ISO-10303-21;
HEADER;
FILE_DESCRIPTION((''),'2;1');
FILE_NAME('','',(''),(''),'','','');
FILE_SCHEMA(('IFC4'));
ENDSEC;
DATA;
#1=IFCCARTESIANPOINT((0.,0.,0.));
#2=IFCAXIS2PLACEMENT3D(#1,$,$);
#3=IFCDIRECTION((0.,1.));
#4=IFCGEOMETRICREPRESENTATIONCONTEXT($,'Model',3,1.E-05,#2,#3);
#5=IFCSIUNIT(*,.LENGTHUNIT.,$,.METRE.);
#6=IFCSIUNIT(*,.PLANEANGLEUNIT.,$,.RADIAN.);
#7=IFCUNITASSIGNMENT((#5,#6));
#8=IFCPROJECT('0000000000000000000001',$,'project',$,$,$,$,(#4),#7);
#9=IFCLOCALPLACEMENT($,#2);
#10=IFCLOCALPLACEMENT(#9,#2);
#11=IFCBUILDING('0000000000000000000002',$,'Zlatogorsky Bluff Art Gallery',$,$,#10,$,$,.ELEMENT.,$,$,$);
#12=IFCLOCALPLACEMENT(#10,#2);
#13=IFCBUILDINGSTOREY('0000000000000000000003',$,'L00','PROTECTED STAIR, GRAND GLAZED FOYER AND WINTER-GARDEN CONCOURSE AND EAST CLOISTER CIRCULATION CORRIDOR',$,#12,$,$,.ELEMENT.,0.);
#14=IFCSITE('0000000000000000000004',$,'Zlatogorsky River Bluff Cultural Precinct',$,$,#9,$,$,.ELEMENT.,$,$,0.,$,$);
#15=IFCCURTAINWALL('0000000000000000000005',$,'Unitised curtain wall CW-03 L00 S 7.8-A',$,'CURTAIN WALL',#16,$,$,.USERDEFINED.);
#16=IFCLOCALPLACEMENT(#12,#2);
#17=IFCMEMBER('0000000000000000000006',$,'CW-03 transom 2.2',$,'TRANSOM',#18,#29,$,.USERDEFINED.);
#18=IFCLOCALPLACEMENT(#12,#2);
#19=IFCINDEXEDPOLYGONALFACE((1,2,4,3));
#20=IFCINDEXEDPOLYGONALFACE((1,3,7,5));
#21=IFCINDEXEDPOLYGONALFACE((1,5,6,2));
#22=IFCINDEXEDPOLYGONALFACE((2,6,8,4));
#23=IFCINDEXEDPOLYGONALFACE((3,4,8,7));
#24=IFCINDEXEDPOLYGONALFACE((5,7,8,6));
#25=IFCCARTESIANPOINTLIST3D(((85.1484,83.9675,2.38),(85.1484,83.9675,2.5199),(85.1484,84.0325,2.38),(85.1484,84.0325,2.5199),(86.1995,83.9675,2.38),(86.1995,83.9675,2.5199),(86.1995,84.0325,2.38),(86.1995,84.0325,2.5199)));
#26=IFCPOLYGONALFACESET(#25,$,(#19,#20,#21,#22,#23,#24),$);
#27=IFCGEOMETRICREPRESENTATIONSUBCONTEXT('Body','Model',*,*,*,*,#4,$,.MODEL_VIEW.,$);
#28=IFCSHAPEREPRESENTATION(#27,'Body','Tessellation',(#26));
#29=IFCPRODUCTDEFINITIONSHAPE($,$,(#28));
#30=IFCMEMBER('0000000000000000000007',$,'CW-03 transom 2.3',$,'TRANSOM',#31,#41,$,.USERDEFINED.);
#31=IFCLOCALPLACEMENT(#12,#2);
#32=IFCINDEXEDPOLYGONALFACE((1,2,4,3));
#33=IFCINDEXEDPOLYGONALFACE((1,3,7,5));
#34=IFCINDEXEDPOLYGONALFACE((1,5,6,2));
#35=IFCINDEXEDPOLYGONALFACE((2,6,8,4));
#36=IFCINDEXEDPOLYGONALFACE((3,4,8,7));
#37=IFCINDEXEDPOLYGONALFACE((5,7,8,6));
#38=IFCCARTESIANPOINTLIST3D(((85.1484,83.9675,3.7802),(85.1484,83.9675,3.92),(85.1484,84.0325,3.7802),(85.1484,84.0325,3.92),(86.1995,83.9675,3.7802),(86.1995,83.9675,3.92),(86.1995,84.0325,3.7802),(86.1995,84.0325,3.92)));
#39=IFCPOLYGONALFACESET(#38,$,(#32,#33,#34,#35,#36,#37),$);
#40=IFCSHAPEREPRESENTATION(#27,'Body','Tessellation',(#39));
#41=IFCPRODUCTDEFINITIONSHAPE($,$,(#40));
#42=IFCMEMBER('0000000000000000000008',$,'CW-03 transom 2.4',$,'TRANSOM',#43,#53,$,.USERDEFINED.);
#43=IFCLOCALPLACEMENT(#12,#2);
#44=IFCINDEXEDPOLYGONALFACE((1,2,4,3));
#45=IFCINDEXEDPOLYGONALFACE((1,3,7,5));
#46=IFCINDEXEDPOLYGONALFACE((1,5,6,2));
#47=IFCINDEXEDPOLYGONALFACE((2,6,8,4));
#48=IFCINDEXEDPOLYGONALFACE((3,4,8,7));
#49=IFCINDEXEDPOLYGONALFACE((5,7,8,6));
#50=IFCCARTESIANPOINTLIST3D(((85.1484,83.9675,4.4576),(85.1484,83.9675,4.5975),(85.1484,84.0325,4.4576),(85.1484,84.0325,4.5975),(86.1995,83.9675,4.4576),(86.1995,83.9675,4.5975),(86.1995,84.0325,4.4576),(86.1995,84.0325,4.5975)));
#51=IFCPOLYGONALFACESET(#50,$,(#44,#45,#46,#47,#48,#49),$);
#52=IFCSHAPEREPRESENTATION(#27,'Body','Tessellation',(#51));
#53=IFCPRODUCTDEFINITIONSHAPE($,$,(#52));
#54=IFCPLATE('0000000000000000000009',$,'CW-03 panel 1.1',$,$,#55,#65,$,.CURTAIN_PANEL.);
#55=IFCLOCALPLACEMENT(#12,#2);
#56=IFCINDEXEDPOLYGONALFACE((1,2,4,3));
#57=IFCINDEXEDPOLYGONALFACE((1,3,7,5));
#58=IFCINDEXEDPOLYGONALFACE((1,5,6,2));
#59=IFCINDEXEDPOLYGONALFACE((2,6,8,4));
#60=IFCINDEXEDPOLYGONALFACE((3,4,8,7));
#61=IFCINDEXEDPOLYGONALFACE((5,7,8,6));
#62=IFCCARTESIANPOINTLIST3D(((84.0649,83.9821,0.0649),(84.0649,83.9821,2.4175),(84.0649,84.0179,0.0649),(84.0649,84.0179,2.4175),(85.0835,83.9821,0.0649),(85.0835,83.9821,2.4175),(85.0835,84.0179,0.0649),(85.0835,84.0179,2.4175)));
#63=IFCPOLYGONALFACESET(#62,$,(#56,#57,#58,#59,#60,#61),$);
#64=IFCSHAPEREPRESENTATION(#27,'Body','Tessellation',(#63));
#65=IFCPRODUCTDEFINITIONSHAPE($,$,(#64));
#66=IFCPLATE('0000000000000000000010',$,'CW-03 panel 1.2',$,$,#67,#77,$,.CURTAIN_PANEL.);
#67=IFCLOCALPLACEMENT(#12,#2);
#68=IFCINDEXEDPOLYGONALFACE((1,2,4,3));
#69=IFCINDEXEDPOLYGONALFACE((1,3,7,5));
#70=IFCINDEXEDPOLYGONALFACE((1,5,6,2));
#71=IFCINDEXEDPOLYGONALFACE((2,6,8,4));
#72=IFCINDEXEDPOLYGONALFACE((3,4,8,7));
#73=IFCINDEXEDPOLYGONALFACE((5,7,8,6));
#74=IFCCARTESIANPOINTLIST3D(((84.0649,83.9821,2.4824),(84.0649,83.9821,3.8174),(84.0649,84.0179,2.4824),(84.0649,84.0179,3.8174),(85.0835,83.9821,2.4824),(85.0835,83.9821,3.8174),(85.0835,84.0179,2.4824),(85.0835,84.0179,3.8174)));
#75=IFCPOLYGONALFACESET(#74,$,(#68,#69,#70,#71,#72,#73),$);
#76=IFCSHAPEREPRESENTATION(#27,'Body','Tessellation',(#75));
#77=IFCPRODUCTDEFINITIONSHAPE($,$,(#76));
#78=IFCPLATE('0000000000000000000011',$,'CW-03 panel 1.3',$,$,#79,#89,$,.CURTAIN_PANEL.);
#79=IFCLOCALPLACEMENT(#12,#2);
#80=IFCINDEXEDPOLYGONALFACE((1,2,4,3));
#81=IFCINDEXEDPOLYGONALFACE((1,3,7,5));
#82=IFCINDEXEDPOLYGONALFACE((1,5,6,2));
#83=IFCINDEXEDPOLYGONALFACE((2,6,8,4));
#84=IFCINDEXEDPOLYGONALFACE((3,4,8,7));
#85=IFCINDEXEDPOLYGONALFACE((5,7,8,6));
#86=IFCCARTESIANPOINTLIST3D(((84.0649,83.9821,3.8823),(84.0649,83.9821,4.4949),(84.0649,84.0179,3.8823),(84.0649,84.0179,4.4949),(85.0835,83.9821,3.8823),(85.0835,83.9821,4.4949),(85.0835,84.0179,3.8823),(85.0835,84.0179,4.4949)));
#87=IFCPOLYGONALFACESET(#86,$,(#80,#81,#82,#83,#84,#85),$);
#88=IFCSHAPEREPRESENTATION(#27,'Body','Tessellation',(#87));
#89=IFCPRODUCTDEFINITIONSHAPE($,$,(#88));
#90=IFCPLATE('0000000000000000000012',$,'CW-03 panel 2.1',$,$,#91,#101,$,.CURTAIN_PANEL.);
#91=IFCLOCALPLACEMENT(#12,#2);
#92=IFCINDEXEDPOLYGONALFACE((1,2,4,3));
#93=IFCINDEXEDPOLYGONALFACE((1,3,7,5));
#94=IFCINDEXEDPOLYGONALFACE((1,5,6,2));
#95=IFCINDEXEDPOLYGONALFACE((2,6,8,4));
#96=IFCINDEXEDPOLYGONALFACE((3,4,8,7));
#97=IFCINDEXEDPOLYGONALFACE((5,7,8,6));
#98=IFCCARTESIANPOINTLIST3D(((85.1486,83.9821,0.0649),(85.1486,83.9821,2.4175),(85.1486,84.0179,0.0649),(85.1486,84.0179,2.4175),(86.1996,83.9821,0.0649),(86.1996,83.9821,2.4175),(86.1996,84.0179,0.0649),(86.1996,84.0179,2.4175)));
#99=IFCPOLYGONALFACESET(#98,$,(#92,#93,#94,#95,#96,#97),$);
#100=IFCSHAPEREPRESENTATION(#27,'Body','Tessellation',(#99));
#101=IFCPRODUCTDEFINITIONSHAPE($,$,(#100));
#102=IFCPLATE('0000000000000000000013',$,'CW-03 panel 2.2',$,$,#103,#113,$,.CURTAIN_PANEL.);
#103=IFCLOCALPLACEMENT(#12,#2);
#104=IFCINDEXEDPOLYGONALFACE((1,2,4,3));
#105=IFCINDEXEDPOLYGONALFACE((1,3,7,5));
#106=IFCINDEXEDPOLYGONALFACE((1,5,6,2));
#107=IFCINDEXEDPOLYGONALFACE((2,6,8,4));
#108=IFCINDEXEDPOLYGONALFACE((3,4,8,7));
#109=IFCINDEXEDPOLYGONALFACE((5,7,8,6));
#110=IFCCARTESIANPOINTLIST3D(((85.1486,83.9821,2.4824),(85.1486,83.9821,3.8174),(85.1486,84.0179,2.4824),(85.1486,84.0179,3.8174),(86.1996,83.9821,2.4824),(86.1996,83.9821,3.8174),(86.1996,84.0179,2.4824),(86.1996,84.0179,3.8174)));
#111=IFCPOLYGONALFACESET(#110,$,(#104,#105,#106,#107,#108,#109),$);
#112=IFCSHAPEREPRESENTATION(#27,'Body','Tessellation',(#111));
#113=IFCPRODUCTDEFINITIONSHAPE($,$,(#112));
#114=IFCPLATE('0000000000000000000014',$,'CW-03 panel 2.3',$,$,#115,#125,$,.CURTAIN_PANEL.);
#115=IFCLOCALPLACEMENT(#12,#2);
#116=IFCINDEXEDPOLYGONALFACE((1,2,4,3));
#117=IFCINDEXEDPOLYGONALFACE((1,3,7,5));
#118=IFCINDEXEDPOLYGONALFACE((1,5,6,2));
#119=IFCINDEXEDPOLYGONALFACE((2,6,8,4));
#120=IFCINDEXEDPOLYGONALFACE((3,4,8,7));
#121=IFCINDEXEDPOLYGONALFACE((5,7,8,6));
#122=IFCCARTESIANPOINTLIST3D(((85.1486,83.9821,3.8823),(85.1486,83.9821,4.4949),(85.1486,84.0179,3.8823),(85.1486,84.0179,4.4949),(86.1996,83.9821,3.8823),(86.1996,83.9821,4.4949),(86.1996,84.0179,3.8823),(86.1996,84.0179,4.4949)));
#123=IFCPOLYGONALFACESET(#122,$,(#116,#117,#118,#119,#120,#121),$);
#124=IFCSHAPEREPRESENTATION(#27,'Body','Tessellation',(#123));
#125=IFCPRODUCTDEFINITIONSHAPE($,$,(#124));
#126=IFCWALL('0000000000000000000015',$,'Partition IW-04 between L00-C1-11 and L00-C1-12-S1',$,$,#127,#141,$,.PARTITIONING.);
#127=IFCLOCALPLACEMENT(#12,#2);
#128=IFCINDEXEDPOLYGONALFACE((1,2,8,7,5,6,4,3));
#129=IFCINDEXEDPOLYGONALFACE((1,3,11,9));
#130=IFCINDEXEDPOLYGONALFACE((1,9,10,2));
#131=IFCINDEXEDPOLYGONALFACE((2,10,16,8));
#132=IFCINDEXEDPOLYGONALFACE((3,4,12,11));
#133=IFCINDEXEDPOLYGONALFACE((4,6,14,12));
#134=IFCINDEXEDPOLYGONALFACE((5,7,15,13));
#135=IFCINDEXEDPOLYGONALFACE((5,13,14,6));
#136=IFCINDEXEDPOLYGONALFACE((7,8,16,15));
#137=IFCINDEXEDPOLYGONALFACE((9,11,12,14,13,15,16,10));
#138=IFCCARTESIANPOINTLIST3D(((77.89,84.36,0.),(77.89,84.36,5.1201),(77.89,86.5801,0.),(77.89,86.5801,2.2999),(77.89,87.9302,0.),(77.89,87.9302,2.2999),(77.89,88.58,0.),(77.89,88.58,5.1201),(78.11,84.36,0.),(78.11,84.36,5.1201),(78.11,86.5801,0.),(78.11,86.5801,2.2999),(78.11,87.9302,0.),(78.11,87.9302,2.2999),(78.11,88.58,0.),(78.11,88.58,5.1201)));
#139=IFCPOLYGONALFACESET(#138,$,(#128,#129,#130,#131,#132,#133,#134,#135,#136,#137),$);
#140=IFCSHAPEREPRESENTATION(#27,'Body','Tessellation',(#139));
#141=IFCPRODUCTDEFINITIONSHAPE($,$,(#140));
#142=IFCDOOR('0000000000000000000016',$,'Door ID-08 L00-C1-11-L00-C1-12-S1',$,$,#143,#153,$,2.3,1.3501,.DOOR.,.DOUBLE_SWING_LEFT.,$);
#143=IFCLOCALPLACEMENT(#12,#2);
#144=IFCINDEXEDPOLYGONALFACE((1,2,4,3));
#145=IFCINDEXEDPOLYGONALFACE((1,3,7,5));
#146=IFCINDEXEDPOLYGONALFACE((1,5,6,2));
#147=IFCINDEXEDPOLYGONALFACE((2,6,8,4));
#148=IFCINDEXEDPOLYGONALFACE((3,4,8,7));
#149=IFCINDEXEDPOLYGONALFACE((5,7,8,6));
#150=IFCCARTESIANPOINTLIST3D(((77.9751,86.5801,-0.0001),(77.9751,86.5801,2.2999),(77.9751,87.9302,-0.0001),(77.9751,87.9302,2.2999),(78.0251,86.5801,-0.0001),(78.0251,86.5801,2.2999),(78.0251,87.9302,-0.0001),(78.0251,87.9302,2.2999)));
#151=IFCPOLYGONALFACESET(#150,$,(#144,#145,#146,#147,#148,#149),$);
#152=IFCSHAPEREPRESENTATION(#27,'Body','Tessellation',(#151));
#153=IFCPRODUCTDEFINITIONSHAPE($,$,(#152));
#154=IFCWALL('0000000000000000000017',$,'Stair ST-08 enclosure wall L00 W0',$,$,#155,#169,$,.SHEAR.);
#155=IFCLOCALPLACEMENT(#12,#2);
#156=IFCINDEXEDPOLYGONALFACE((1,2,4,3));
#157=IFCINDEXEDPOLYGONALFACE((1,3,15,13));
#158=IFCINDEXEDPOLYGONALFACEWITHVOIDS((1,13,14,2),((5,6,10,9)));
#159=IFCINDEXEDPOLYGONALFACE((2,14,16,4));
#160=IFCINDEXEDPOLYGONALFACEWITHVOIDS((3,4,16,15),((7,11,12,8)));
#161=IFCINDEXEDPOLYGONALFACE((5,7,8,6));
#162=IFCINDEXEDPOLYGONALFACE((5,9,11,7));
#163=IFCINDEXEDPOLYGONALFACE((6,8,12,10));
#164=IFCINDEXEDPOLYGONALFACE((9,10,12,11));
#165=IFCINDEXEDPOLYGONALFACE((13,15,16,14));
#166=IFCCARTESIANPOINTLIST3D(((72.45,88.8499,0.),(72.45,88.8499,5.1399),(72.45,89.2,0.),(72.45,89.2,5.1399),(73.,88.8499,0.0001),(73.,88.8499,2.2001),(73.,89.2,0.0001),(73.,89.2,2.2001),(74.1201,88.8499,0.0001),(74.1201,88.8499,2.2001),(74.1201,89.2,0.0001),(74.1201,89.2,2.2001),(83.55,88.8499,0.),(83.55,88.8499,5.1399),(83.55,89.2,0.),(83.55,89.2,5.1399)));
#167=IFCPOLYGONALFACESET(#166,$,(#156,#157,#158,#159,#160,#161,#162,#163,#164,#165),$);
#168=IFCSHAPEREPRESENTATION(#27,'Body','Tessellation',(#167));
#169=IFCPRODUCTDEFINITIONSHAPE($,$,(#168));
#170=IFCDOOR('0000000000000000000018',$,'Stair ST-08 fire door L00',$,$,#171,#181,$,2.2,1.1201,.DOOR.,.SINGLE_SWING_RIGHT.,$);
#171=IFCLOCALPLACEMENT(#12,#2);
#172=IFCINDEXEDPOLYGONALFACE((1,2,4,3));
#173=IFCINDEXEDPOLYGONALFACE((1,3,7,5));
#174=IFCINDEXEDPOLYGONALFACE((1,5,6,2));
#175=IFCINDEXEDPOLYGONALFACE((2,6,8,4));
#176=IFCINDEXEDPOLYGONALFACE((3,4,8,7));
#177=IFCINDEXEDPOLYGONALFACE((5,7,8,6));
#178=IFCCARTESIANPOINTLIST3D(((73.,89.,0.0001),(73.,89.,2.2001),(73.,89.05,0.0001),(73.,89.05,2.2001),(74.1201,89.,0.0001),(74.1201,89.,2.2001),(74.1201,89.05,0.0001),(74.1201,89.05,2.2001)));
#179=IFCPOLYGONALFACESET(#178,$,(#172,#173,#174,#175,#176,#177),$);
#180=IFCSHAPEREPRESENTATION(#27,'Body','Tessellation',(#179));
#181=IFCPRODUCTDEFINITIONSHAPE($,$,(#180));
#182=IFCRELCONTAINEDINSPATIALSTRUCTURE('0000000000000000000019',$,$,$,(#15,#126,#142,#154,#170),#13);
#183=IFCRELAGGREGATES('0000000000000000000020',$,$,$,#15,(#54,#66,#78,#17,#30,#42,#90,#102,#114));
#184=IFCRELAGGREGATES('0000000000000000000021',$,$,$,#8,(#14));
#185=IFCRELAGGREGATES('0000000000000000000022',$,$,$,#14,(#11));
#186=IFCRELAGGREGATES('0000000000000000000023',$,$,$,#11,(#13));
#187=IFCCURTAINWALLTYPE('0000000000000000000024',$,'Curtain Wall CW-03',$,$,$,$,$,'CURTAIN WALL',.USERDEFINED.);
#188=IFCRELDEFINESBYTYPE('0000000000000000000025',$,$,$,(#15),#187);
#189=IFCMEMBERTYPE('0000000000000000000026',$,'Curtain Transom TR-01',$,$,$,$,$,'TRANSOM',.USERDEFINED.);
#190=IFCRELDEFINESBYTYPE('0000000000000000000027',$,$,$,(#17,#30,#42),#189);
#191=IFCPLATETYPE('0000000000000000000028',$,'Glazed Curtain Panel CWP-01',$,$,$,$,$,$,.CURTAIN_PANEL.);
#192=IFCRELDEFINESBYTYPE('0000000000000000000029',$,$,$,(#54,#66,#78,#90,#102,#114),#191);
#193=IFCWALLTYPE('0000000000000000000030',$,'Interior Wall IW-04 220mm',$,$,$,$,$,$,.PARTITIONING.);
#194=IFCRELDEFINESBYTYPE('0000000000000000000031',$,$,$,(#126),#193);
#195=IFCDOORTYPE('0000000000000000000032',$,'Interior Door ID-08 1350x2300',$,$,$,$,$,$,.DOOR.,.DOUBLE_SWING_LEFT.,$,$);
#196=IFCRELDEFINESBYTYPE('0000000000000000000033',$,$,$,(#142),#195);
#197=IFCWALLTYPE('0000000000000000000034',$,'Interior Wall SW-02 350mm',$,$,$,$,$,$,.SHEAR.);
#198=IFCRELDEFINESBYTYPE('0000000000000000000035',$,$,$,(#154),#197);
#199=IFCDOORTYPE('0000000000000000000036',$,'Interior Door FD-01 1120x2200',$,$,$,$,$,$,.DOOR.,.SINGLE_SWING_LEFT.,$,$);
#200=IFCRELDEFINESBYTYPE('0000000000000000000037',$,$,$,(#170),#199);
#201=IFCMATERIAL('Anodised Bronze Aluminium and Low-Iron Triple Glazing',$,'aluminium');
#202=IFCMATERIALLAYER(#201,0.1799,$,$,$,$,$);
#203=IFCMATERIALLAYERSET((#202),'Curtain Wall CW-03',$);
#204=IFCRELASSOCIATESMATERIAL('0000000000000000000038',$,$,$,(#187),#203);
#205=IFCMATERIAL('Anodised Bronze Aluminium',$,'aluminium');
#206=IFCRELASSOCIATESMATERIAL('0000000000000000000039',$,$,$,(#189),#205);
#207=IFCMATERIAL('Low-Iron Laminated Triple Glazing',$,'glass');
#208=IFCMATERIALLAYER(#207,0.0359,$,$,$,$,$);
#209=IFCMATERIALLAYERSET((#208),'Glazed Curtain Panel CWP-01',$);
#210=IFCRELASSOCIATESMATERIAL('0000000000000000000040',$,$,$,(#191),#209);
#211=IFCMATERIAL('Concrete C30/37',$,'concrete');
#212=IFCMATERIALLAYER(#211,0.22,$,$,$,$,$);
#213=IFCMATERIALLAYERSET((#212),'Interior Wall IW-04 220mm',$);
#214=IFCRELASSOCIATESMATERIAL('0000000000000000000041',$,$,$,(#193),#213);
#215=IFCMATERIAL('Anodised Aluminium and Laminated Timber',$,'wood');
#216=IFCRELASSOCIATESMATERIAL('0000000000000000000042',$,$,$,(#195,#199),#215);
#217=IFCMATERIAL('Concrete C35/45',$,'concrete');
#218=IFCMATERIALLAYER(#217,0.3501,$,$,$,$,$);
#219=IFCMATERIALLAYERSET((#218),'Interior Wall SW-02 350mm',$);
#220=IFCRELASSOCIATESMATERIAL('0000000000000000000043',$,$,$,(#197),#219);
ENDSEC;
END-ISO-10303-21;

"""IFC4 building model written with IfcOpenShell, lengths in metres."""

from ifc_helpers import new_model, si_unit, direction, frame, frame_2d, origin, origin_2d, place, context, subcontext, project, spatial, rectangle, extrude, material, layer, layer_set, material_profile, profile_set, type_object, element, fill, aggregate, save


model = new_model("IFC4")

# Units and contexts
model_context = context("Model", 3, precision=1e-05, world=origin(), true_north=direction((0.0, 1.0)))
body_context = subcontext(model_context, "Body", "Model", "MODEL_VIEW")
ifc_project = project(units=[si_unit("LENGTHUNIT", "METRE"), si_unit("PLANEANGLEUNIT", "RADIAN")], contexts=[model_context])

# Site, building, storey
site_placement = place(None, origin())
site = spatial("IfcSite", under=ifc_project, at=site_placement, Name="Zlatogorsky River Bluff Cultural Precinct", CompositionType="ELEMENT", RefElevation=0.0)
building_placement = place(site_placement, origin())
building = spatial("IfcBuilding", under=site, at=building_placement, Name="Zlatogorsky Bluff Art Gallery", CompositionType="ELEMENT")
storey_placement = place(building_placement, origin())
storey = spatial("IfcBuildingStorey", under=building, at=storey_placement, Name="L00", Description="PROTECTED STAIR, GRAND GLAZED FOYER AND WINTER-GARDEN CONCOURSE AND EAST CLOISTER CIRCULATION CORRIDOR", CompositionType="ELEMENT", Elevation=0.0)

# Curtain wall, members, plates
ifc_material_1 = material(Name="Anodised Bronze Aluminium and Low-Iron Triple Glazing", Category="aluminium")
ifc_layer_1 = layer(ifc_material_1, 0.1799)
ifc_layer_set_1 = layer_set([ifc_layer_1], Name="Curtain Wall CW-03")
curtain_wall_type = type_object("IfcCurtainWallType", Name="Curtain Wall CW-03", ElementType="CURTAIN WALL", PredefinedType="USERDEFINED", material=ifc_layer_set_1)
curtain_wall_placement = place(storey_placement, origin())
curtain_wall = element("IfcCurtainWall", 1, at=curtain_wall_placement, inside=storey, type_object=curtain_wall_type, Name="Unitised curtain wall CW-03 L00 S 7.8-A", ObjectType="CURTAIN WALL", PredefinedType="USERDEFINED")
ifc_material_2 = material(Name="Anodised Bronze Aluminium", Category="aluminium")
ifc_material_profile_1 = material_profile(ifc_material_2, rectangle(XDim=0.0649, YDim=0.1399, at=origin_2d()), Name="ALU TRANSOM 65x140")
ifc_profile_set_1 = profile_set([ifc_material_profile_1], Name="Anodised Bronze Aluminium")
member_type_1 = type_object("IfcMemberType", Name="Curtain Transom TR-01", ElementType="TRANSOM", PredefinedType="USERDEFINED", material=ifc_profile_set_1)
member_1_placement = place(storey_placement, frame((85.1484, 84.0, 2.45), z_axis=(1.0, 0.0, 0.0), x_axis=(0.0, 1.0, 0.0)))
member_1 = element("IfcMember", 2, at=member_1_placement, type_object=member_type_1, Name="CW-03 transom 2.2", ObjectType="TRANSOM", PredefinedType="USERDEFINED", context=body_context, shape_type="SweptSolid", body=[
    extrude(rectangle(XDim=0.0649, YDim=0.1399, at=origin_2d()), origin(), (0.0, 0.0, 1.0), 1.051),
])
member_2_placement = place(storey_placement, frame((85.1484, 84.0, 3.8501), z_axis=(1.0, 0.0, 0.0), x_axis=(0.0, 1.0, 0.0)))
member_2 = element("IfcMember", 3, at=member_2_placement, type_object=member_type_1, Name="CW-03 transom 2.3", ObjectType="TRANSOM", PredefinedType="USERDEFINED", context=body_context, shape_type="SweptSolid", body=[
    extrude(rectangle(XDim=0.0649, YDim=0.1399, at=origin_2d()), origin(), (0.0, 0.0, 1.0), 1.051),
])
member_3_placement = place(storey_placement, frame((85.1484, 84.0, 4.5276), z_axis=(1.0, 0.0, 0.0), x_axis=(0.0, 1.0, 0.0)))
member_3 = element("IfcMember", 4, at=member_3_placement, type_object=member_type_1, Name="CW-03 transom 2.4", ObjectType="TRANSOM", PredefinedType="USERDEFINED", context=body_context, shape_type="SweptSolid", body=[
    extrude(rectangle(XDim=0.0649, YDim=0.1399, at=origin_2d()), origin(), (0.0, 0.0, 1.0), 1.051),
])
ifc_material_3 = material(Name="Low-Iron Laminated Triple Glazing", Category="glass")
ifc_layer_2 = layer(ifc_material_3, 0.0359)
ifc_layer_set_2 = layer_set([ifc_layer_2], Name="Glazed Curtain Panel CWP-01")
plate_type = type_object("IfcPlateType", Name="Glazed Curtain Panel CWP-01", PredefinedType="CURTAIN_PANEL", material=ifc_layer_set_2)
plate_1_placement = place(storey_placement, frame((84.5742, 84.0, 0.0649), z_axis=(0.0, 0.0, 1.0), x_axis=(1.0, 0.0, 0.0)))
plate_1 = element("IfcPlate", 5, at=plate_1_placement, type_object=plate_type, Name="CW-03 panel 1.1", PredefinedType="CURTAIN_PANEL", context=body_context, shape_type="SweptSolid", body=[
    extrude(rectangle(XDim=1.0186, YDim=0.0359, at=origin_2d()), origin(), (0.0, 0.0, 1.0), 2.3525),
])
plate_2_placement = place(storey_placement, frame((84.5742, 84.0, 2.4824), z_axis=(0.0, 0.0, 1.0), x_axis=(1.0, 0.0, 0.0)))
plate_2 = element("IfcPlate", 6, at=plate_2_placement, type_object=plate_type, Name="CW-03 panel 1.2", PredefinedType="CURTAIN_PANEL", context=body_context, shape_type="SweptSolid", body=[
    extrude(rectangle(XDim=1.0186, YDim=0.0359, at=origin_2d()), origin(), (0.0, 0.0, 1.0), 1.335),
])
plate_3_placement = place(storey_placement, frame((84.5742, 84.0, 3.8823), z_axis=(0.0, 0.0, 1.0), x_axis=(1.0, 0.0, 0.0)))
plate_3 = element("IfcPlate", 7, at=plate_3_placement, type_object=plate_type, Name="CW-03 panel 1.3", PredefinedType="CURTAIN_PANEL", context=body_context, shape_type="SweptSolid", body=[
    extrude(rectangle(XDim=1.0186, YDim=0.0359, at=origin_2d()), origin(), (0.0, 0.0, 1.0), 0.6125),
])
plate_4_placement = place(storey_placement, frame((85.6741, 84.0, 0.0649), z_axis=(0.0, 0.0, 1.0), x_axis=(1.0, 0.0, 0.0)))
plate_4 = element("IfcPlate", 8, at=plate_4_placement, type_object=plate_type, Name="CW-03 panel 2.1", PredefinedType="CURTAIN_PANEL", context=body_context, shape_type="SweptSolid", body=[
    extrude(rectangle(XDim=1.051, YDim=0.0359, at=origin_2d()), origin(), (0.0, 0.0, 1.0), 2.3525),
])
plate_5_placement = place(storey_placement, frame((85.6741, 84.0, 2.4824), z_axis=(0.0, 0.0, 1.0), x_axis=(1.0, 0.0, 0.0)))
plate_5 = element("IfcPlate", 9, at=plate_5_placement, type_object=plate_type, Name="CW-03 panel 2.2", PredefinedType="CURTAIN_PANEL", context=body_context, shape_type="SweptSolid", body=[
    extrude(rectangle(XDim=1.051, YDim=0.0359, at=origin_2d()), origin(), (0.0, 0.0, 1.0), 1.335),
])
plate_6_placement = place(storey_placement, frame((85.6741, 84.0, 3.8823), z_axis=(0.0, 0.0, 1.0), x_axis=(1.0, 0.0, 0.0)))
plate_6 = element("IfcPlate", 10, at=plate_6_placement, type_object=plate_type, Name="CW-03 panel 2.3", PredefinedType="CURTAIN_PANEL", context=body_context, shape_type="SweptSolid", body=[
    extrude(rectangle(XDim=1.051, YDim=0.0359, at=origin_2d()), origin(), (0.0, 0.0, 1.0), 0.6125),
])
aggregate(curtain_wall, [plate_1, plate_2, plate_3, member_1, member_2, member_3, plate_4, plate_5, plate_6])

# Walls, openings, doors
ifc_material_4 = material(Name="Concrete C30/37", Category="concrete")
ifc_layer_3 = layer(ifc_material_4, 0.22)
ifc_layer_set_3 = layer_set([ifc_layer_3], Name="Interior Wall IW-04 220mm")
wall_type_1 = type_object("IfcWallType", Name="Interior Wall IW-04 220mm", PredefinedType="PARTITIONING", material=ifc_layer_set_3)
wall_1_placement = place(storey_placement, frame((78.0, 84.3601, 0.0), z_axis=(0.0, 0.0, 1.0), x_axis=(0.0, 1.0, 0.0)))
wall_1 = element("IfcWall", 11, at=wall_1_placement, inside=storey, type_object=wall_type_1, Name="Partition IW-04 between L00-C1-11 and L00-C1-12-S1", PredefinedType="PARTITIONING", context=body_context, shape_type="SweptSolid", body=[
    extrude(rectangle(XDim=4.22, YDim=0.22, at=frame_2d((2.1099, 0.0))), origin(), (0.0, 0.0, 1.0), 5.1201),
])
opening_1_placement = place(wall_1_placement, frame((2.22, 0.0, 0.0)))
opening_1 = element("IfcOpeningElement", 12, at=opening_1_placement, cuts=wall_1, PredefinedType="OPENING", context=body_context, shape_type="SweptSolid", body=[
    extrude(rectangle(XDim=1.3501, YDim=2.3, at=frame_2d((0.675, 1.1499))), frame((0.0, 0.1199, 0.0), z_axis=(0.0, -1.0, 0.0), x_axis=(1.0, 0.0, 0.0)), (0.0, 0.0, 1.0), 0.24),
])
ifc_material_5 = material(Name="Anodised Aluminium and Laminated Timber", Category="wood")
door_type_1 = type_object("IfcDoorType", Name="Interior Door ID-08 1350x2300", OperationType="DOUBLE_SWING_LEFT", PredefinedType="DOOR", material=ifc_material_5)
door_1_placement = place(opening_1_placement, origin())
door_1 = element("IfcDoor", 13, at=door_1_placement, inside=storey, type_object=door_type_1, Name="Door ID-08 L00-C1-11-L00-C1-12-S1", OperationType="DOUBLE_SWING_LEFT", OverallHeight=2.3, OverallWidth=1.3501, PredefinedType="DOOR", context=body_context, shape_type="SweptSolid", body=[
    extrude(rectangle(XDim=1.3501, YDim=2.3, at=frame_2d((0.675, 1.1499))), frame((0.0, 0.0249, 0.0), z_axis=(0.0, -1.0, 0.0), x_axis=(1.0, 0.0, 0.0)), (0.0, 0.0, 1.0), 0.05),
])
fill(opening_1, door_1)
ifc_material_6 = material(Name="Concrete C35/45", Category="concrete")
ifc_layer_4 = layer(ifc_material_6, 0.3501)
ifc_layer_set_4 = layer_set([ifc_layer_4], Name="Interior Wall SW-02 350mm")
wall_type_2 = type_object("IfcWallType", Name="Interior Wall SW-02 350mm", PredefinedType="SHEAR", material=ifc_layer_set_4)
wall_2_placement = place(storey_placement, frame((72.45, 89.0249, 0.0), z_axis=(0.0, 0.0, 1.0), x_axis=(1.0, 0.0, 0.0)))
wall_2 = element("IfcWall", 14, at=wall_2_placement, inside=storey, type_object=wall_type_2, Name="Stair ST-08 enclosure wall L00 W0", PredefinedType="SHEAR", context=body_context, shape_type="SweptSolid", body=[
    extrude(rectangle(XDim=11.1001, YDim=0.3501, at=frame_2d((5.55, 0.0))), origin(), (0.0, 0.0, 1.0), 5.1399),
])
opening_2_placement = place(wall_2_placement, frame((0.55, 0.0, 0.0)))
opening_2 = element("IfcOpeningElement", 15, at=opening_2_placement, cuts=wall_2, PredefinedType="OPENING", context=body_context, shape_type="SweptSolid", body=[
    extrude(rectangle(XDim=1.1201, YDim=2.2, at=frame_2d((0.5601, 1.1001))), frame((0.0, 0.1851, 0.0), z_axis=(0.0, -1.0, 0.0), x_axis=(1.0, 0.0, 0.0)), (0.0, 0.0, 1.0), 0.3701),
])
door_type_2 = type_object("IfcDoorType", Name="Interior Door FD-01 1120x2200", OperationType="SINGLE_SWING_LEFT", PredefinedType="DOOR", material=ifc_material_5)
door_2_placement = place(opening_2_placement, frame((1.1201, 0.0, 0.0), z_axis=(0.0, 0.0, 1.0), x_axis=(-1.0, 0.0, 0.0)))
door_2 = element("IfcDoor", 16, at=door_2_placement, inside=storey, type_object=door_type_2, Name="Stair ST-08 fire door L00", OperationType="SINGLE_SWING_RIGHT", OverallHeight=2.2, OverallWidth=1.1201, PredefinedType="DOOR", context=body_context, shape_type="SweptSolid", body=[
    extrude(rectangle(XDim=1.1201, YDim=2.2, at=frame_2d((0.5601, 1.1001))), frame((0.0, 0.0249, 0.0), z_axis=(0.0, -1.0, 0.0), x_axis=(1.0, 0.0, 0.0)), (0.0, 0.0, 1.0), 0.05),
])
fill(opening_2, door_2)

save(model, "model.ifc")
